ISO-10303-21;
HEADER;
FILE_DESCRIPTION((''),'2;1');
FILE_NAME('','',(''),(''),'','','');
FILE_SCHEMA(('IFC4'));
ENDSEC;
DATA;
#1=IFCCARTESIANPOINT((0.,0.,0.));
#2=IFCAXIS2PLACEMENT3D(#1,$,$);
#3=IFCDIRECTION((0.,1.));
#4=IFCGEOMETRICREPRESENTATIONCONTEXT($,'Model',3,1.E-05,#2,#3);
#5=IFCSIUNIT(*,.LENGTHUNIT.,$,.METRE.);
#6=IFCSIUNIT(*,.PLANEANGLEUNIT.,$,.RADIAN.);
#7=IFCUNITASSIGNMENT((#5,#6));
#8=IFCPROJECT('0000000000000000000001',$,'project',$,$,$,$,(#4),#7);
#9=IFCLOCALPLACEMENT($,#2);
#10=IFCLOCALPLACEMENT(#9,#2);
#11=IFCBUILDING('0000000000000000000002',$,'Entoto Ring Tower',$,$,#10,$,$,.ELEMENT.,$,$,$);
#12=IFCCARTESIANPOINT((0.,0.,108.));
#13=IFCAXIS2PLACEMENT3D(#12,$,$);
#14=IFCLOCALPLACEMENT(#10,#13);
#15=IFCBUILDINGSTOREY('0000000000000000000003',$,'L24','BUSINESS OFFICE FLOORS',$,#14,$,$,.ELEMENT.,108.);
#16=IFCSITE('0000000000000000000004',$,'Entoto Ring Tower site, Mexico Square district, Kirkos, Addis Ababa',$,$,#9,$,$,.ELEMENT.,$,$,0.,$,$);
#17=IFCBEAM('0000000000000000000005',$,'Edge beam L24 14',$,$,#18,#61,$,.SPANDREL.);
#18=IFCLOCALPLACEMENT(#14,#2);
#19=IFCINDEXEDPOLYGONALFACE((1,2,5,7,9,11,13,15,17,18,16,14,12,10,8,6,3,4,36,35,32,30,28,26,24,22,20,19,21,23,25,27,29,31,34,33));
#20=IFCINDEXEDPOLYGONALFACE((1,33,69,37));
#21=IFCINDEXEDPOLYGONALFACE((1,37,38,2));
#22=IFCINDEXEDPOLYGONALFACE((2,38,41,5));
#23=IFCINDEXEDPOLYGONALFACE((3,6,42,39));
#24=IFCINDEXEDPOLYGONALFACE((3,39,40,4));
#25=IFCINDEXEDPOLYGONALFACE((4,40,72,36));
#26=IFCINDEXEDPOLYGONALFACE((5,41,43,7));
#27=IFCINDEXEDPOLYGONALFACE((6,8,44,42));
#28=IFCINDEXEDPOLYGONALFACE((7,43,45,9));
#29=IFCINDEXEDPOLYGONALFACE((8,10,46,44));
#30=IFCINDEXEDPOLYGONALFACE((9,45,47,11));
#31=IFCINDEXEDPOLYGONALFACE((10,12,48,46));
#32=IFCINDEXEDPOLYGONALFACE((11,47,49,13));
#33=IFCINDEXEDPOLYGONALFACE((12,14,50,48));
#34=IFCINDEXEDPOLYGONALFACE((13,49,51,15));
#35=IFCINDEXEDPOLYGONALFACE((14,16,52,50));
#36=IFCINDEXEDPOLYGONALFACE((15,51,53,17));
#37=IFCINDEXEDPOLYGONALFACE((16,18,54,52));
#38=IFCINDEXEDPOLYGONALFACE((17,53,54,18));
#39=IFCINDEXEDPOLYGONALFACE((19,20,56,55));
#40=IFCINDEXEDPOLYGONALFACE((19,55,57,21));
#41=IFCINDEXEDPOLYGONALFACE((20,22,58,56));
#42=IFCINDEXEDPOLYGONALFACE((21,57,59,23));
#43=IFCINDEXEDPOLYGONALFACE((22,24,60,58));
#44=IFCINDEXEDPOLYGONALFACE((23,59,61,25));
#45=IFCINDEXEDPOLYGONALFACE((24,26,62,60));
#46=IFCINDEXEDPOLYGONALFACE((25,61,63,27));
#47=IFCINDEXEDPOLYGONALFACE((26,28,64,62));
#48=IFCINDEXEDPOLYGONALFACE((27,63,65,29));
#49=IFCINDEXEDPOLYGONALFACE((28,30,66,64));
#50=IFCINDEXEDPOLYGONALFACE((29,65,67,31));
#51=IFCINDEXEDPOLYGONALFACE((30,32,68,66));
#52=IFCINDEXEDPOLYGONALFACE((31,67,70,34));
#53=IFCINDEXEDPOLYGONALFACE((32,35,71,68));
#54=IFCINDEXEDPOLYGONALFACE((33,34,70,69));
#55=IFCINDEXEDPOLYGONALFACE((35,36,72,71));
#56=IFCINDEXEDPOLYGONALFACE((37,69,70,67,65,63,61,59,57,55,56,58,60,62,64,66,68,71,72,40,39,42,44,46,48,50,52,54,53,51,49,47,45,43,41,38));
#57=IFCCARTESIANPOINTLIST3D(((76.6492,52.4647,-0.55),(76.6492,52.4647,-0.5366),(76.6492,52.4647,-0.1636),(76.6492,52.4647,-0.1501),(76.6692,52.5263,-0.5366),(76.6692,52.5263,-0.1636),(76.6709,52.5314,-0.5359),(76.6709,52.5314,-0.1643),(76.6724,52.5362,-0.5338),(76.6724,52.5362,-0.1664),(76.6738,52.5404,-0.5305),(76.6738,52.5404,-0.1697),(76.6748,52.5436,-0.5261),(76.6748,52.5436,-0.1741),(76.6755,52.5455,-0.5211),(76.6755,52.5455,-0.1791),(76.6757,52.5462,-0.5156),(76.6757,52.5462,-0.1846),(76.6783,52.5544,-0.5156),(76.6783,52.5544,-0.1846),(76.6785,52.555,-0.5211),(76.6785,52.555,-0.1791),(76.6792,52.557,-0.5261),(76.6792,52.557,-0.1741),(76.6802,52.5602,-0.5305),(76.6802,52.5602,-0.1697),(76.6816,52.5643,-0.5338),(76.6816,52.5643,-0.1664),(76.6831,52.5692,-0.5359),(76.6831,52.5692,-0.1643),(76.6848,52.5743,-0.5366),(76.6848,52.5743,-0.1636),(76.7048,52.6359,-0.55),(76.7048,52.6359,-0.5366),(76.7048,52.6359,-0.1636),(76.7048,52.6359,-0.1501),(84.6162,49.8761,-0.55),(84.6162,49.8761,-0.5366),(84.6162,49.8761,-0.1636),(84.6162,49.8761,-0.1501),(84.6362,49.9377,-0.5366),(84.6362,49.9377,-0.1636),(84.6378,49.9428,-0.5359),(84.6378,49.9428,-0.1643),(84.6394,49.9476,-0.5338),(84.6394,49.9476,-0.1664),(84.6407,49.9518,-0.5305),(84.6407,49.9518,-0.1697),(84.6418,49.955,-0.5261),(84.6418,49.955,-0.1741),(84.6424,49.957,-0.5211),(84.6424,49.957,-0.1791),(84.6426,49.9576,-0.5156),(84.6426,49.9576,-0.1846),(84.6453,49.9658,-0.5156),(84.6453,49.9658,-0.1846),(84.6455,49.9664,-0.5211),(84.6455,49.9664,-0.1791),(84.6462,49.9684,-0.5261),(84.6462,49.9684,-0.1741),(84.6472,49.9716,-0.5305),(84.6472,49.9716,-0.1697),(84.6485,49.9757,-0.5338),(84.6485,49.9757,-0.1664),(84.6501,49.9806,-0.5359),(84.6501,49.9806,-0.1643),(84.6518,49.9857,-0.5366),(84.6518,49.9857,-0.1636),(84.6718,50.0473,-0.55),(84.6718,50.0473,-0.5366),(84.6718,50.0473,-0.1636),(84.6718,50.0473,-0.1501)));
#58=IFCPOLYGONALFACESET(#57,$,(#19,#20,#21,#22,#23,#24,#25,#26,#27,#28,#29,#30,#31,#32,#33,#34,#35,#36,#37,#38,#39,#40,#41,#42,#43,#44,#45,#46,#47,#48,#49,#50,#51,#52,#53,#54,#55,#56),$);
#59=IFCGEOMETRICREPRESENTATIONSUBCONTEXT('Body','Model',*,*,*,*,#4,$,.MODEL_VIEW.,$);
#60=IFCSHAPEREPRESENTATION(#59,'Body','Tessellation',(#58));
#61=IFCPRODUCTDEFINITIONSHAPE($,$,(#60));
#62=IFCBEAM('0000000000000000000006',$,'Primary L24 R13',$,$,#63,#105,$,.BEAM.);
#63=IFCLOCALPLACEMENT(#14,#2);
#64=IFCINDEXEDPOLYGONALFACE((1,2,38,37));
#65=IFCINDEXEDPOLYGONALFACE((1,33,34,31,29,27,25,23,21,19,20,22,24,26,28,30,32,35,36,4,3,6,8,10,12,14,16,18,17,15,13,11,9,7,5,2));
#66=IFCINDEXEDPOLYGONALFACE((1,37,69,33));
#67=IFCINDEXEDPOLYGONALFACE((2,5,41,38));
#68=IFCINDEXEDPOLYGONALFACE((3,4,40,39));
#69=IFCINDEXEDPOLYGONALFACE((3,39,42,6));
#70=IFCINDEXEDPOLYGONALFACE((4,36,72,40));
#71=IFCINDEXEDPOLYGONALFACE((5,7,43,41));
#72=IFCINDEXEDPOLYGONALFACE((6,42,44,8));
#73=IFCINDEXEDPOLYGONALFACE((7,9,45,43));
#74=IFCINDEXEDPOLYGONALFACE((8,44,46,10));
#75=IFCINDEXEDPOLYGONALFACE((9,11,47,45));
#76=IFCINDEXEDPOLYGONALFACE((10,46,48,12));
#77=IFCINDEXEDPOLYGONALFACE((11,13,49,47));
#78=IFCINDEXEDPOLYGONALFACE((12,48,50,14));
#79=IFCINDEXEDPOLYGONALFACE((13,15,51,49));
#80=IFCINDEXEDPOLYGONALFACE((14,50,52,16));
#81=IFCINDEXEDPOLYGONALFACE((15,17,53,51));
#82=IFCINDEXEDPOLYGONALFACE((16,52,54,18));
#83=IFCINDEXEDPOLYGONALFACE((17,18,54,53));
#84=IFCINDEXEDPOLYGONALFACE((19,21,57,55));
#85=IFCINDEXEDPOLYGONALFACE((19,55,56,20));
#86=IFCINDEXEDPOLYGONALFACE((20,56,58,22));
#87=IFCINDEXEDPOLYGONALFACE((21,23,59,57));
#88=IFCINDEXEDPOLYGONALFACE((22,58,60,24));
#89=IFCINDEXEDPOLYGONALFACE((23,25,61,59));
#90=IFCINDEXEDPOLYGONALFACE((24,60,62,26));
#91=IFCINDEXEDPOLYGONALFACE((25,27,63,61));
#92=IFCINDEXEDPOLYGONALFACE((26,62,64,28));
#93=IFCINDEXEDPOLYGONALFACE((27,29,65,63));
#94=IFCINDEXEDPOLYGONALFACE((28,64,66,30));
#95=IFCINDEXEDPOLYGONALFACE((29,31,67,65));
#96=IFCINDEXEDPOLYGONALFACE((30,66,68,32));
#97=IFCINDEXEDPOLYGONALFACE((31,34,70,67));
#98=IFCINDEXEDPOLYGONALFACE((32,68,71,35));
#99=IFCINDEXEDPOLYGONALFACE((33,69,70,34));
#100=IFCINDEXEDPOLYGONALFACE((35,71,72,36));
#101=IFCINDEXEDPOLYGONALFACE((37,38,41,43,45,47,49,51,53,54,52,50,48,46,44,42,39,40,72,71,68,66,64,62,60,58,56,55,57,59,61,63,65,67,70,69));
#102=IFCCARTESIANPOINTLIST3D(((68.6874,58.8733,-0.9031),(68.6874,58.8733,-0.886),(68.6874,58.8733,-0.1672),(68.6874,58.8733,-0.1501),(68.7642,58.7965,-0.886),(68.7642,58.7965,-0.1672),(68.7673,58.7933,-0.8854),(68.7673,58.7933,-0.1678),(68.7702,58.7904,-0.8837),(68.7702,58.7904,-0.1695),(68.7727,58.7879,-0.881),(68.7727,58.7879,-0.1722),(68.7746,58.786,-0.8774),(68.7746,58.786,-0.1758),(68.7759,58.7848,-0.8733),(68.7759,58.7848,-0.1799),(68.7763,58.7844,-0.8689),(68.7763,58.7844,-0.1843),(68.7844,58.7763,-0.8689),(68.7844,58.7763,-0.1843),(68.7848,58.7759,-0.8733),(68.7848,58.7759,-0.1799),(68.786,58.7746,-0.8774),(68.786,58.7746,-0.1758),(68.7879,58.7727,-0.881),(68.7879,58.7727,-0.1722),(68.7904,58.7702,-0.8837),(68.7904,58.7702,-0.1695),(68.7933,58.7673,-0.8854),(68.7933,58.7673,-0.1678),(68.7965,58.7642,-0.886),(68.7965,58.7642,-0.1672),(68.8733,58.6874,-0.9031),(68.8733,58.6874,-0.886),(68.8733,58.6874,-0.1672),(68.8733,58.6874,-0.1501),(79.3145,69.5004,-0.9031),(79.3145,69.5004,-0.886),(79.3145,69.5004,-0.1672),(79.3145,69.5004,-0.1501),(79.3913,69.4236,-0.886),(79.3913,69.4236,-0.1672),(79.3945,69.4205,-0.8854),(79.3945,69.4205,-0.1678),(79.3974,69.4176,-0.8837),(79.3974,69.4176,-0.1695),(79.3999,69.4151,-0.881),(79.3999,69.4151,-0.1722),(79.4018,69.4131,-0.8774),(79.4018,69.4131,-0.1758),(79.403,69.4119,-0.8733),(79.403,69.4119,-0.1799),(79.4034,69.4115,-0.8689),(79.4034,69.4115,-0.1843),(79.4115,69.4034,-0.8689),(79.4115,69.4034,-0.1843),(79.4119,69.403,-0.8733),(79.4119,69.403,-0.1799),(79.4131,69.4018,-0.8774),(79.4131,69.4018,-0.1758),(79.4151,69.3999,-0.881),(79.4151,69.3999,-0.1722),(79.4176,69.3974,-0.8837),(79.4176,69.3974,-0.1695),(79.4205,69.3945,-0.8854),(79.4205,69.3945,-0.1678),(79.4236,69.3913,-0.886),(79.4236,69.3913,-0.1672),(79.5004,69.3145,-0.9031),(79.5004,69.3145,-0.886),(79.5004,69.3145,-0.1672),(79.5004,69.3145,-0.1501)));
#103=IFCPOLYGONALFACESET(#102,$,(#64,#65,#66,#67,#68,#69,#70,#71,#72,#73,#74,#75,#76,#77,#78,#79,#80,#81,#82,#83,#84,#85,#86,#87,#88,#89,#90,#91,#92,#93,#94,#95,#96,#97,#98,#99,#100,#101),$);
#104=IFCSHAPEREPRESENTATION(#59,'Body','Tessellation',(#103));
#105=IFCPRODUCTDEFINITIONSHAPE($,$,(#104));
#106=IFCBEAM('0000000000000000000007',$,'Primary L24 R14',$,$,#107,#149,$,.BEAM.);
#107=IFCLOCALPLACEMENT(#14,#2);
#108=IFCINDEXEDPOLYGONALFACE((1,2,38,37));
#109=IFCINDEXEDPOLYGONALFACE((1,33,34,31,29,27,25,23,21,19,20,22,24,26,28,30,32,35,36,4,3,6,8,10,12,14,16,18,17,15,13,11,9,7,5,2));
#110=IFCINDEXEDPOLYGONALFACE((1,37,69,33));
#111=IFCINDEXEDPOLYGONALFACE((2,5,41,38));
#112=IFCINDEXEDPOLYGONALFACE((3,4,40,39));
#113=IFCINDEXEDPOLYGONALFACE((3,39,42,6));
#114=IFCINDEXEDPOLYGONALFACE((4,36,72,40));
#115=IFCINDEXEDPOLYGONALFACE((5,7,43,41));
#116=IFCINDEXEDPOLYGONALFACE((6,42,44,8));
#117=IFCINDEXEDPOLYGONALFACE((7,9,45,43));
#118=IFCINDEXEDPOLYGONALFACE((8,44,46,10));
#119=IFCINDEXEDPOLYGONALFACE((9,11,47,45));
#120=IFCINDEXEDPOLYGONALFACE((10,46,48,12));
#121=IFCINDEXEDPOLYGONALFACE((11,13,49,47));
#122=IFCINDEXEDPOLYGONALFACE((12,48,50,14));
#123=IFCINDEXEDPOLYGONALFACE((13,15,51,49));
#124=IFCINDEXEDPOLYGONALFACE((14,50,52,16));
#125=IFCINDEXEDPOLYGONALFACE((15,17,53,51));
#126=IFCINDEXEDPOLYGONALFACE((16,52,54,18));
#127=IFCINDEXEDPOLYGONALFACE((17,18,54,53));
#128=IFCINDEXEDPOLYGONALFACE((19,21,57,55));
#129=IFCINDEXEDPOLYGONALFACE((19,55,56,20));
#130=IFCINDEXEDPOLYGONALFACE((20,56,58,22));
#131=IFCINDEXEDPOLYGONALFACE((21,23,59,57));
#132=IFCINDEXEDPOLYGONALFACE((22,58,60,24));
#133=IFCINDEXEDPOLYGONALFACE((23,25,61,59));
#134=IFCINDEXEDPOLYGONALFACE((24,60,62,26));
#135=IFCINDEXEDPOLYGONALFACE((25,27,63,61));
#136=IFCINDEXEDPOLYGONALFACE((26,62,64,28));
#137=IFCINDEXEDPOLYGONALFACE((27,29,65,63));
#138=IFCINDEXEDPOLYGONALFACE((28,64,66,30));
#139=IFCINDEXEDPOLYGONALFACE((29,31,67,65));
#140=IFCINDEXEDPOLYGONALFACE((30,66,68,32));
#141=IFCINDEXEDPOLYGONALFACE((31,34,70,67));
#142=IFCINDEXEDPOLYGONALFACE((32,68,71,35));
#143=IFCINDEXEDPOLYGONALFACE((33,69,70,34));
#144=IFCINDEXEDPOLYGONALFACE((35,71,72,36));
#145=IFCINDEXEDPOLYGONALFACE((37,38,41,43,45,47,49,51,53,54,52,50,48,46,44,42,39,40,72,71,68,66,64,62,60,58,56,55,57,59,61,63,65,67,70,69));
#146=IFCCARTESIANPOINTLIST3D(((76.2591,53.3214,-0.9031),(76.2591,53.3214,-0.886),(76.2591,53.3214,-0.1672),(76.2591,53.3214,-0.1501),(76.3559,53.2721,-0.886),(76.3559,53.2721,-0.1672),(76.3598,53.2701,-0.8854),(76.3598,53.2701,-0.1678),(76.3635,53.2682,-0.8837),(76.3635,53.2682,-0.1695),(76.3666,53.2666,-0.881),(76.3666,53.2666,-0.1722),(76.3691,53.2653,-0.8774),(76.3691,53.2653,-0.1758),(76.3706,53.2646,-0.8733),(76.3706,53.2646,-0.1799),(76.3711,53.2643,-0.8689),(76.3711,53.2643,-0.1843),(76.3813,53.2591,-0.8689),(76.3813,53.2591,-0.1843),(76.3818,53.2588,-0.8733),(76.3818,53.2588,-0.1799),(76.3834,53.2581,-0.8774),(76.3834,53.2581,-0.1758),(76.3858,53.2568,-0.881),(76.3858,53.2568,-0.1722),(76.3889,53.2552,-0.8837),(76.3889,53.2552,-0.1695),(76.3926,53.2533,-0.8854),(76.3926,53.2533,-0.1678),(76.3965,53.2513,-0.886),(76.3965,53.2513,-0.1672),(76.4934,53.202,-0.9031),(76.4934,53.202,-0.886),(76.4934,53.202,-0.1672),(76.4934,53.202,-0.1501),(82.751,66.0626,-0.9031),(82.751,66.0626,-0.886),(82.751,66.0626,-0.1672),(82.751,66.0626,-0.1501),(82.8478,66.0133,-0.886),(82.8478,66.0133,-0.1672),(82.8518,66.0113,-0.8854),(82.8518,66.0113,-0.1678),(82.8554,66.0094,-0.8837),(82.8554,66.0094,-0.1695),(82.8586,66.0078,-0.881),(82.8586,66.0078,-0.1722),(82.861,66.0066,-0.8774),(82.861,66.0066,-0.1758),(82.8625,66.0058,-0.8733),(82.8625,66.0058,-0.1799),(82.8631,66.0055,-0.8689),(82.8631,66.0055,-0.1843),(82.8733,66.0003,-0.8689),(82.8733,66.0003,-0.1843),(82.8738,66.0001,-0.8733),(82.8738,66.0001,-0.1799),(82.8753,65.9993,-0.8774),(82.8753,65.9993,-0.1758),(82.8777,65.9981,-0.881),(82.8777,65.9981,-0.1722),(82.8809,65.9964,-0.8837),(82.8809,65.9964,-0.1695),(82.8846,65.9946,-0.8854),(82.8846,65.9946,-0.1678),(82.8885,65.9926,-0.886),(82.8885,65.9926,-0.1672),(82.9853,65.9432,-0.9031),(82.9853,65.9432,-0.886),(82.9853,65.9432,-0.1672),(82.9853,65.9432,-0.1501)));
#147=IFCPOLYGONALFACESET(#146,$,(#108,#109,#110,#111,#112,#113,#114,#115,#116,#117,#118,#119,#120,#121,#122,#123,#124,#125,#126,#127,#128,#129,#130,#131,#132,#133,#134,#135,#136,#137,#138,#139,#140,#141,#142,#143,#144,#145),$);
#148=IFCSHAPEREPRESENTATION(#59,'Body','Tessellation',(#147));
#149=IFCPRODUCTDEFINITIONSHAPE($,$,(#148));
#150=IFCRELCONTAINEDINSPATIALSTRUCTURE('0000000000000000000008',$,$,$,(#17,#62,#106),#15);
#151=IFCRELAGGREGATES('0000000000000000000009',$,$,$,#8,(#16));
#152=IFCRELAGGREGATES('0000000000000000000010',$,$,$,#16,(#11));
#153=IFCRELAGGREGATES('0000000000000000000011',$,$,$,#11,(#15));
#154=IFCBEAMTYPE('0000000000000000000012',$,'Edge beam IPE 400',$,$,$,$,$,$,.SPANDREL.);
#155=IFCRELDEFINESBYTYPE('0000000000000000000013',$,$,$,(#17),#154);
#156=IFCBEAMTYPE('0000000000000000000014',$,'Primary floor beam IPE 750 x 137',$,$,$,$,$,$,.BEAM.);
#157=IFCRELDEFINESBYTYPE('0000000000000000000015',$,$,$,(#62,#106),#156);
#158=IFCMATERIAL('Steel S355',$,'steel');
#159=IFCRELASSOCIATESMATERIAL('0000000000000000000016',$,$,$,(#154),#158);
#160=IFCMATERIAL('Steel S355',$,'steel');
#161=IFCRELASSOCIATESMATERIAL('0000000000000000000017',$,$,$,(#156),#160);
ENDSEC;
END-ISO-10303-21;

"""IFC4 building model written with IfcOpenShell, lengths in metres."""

from ifc_helpers import new_model, si_unit, direction, frame, origin, origin_2d, place, context, subcontext, project, spatial, i_section, extrude, material, material_profile, profile_set, type_object, element, save


model = new_model("IFC4")

# Units and contexts
model_context = context("Model", 3, precision=1e-05, world=origin(), true_north=direction((0.0, 1.0)))
body_context = subcontext(model_context, "Body", "Model", "MODEL_VIEW")
ifc_project = project(units=[si_unit("LENGTHUNIT", "METRE"), si_unit("PLANEANGLEUNIT", "RADIAN")], contexts=[model_context])

# Site, building, storey
site_placement = place(None, origin())
site = spatial("IfcSite", under=ifc_project, at=site_placement, Name="Entoto Ring Tower site, Mexico Square district, Kirkos, Addis Ababa", CompositionType="ELEMENT", RefElevation=0.0)
building_placement = place(site_placement, origin())
building = spatial("IfcBuilding", under=site, at=building_placement, Name="Entoto Ring Tower", CompositionType="ELEMENT")
storey_placement = place(building_placement, frame((0.0, 0.0, 108.0)))
storey = spatial("IfcBuildingStorey", under=building, at=storey_placement, Name="L24", Description="BUSINESS OFFICE FLOORS", CompositionType="ELEMENT", Elevation=108.0)

# Beams
ifc_material_1 = material(Name="Steel S355", Category="steel")
ifc_material_profile_1 = material_profile(ifc_material_1, i_section(OverallWidth=0.1799, OverallDepth=0.3999, WebThickness=0.0085, FlangeThickness=0.0134, FilletRadius=0.021, at=origin_2d()), Name="IPE 400")
ifc_profile_set_1 = profile_set([ifc_material_profile_1], Name="Steel S355")
beam_type_1 = type_object("IfcBeamType", Name="Edge beam IPE 400", PredefinedType="SPANDREL", material=ifc_profile_set_1)
for number, where, z_axis, x_axis, name in (
    (1, (76.677, 52.5503, -0.3501), (0.951057, -0.309014, 0.0), (0.309014, 0.951057, 0.0), "Edge beam L24 14"),
):
    element("IfcBeam", number, at=place(storey_placement, frame(where, z_axis=z_axis, x_axis=x_axis)), inside=storey, type_object=beam_type_1, Name=name, PredefinedType="SPANDREL", context=body_context, shape_type="SweptSolid", body=[
        extrude(i_section(OverallWidth=0.1799, OverallDepth=0.3999, WebThickness=0.0085, FlangeThickness=0.0134, FilletRadius=0.021, at=origin_2d()), origin(), (0.0, 0.0, 1.0), 8.377),
    ])
ifc_material_2 = material(Name="Steel S355", Category="steel")
ifc_material_profile_2 = material_profile(ifc_material_2, i_section(OverallWidth=0.2629, OverallDepth=0.7529, WebThickness=0.0115, FlangeThickness=0.0171, FilletRadius=0.0171, at=origin_2d()), Name="IPE 750 x 137")
ifc_profile_set_2 = profile_set([ifc_material_profile_2], Name="Steel S355")
beam_type_2 = type_object("IfcBeamType", Name="Primary floor beam IPE 750 x 137", PredefinedType="BEAM", material=ifc_profile_set_2)
beam_1_placement = place(storey_placement, frame((79.4075, 69.4075, -0.5266), z_axis=(-0.707107, -0.707107, 0.0), x_axis=(0.707107, -0.707107, 0.0)))
element("IfcBeam", 2, at=beam_1_placement, inside=storey, type_object=beam_type_2, Name="Primary L24 R13", PredefinedType="BEAM", context=body_context, shape_type="SweptSolid", body=[
    extrude(i_section(OverallWidth=0.2629, OverallDepth=0.7529, WebThickness=0.0115, FlangeThickness=0.0171, FilletRadius=0.0171, at=origin_2d()), origin(), (0.0, 0.0, 1.0), 15.0291),
])
beam_2_placement = place(storey_placement, frame((82.8682, 66.0029, -0.5266), z_axis=(-0.453989, -0.891007, 0.0), x_axis=(0.891007, -0.453989, 0.0)))
element("IfcBeam", 3, at=beam_2_placement, inside=storey, type_object=beam_type_2, Name="Primary L24 R14", PredefinedType="BEAM", context=body_context, shape_type="SweptSolid", body=[
    extrude(i_section(OverallWidth=0.2629, OverallDepth=0.7529, WebThickness=0.0115, FlangeThickness=0.0171, FilletRadius=0.0171, at=origin_2d()), origin(), (0.0, 0.0, 1.0), 14.2998),
])

save(model, "model.ifc")
